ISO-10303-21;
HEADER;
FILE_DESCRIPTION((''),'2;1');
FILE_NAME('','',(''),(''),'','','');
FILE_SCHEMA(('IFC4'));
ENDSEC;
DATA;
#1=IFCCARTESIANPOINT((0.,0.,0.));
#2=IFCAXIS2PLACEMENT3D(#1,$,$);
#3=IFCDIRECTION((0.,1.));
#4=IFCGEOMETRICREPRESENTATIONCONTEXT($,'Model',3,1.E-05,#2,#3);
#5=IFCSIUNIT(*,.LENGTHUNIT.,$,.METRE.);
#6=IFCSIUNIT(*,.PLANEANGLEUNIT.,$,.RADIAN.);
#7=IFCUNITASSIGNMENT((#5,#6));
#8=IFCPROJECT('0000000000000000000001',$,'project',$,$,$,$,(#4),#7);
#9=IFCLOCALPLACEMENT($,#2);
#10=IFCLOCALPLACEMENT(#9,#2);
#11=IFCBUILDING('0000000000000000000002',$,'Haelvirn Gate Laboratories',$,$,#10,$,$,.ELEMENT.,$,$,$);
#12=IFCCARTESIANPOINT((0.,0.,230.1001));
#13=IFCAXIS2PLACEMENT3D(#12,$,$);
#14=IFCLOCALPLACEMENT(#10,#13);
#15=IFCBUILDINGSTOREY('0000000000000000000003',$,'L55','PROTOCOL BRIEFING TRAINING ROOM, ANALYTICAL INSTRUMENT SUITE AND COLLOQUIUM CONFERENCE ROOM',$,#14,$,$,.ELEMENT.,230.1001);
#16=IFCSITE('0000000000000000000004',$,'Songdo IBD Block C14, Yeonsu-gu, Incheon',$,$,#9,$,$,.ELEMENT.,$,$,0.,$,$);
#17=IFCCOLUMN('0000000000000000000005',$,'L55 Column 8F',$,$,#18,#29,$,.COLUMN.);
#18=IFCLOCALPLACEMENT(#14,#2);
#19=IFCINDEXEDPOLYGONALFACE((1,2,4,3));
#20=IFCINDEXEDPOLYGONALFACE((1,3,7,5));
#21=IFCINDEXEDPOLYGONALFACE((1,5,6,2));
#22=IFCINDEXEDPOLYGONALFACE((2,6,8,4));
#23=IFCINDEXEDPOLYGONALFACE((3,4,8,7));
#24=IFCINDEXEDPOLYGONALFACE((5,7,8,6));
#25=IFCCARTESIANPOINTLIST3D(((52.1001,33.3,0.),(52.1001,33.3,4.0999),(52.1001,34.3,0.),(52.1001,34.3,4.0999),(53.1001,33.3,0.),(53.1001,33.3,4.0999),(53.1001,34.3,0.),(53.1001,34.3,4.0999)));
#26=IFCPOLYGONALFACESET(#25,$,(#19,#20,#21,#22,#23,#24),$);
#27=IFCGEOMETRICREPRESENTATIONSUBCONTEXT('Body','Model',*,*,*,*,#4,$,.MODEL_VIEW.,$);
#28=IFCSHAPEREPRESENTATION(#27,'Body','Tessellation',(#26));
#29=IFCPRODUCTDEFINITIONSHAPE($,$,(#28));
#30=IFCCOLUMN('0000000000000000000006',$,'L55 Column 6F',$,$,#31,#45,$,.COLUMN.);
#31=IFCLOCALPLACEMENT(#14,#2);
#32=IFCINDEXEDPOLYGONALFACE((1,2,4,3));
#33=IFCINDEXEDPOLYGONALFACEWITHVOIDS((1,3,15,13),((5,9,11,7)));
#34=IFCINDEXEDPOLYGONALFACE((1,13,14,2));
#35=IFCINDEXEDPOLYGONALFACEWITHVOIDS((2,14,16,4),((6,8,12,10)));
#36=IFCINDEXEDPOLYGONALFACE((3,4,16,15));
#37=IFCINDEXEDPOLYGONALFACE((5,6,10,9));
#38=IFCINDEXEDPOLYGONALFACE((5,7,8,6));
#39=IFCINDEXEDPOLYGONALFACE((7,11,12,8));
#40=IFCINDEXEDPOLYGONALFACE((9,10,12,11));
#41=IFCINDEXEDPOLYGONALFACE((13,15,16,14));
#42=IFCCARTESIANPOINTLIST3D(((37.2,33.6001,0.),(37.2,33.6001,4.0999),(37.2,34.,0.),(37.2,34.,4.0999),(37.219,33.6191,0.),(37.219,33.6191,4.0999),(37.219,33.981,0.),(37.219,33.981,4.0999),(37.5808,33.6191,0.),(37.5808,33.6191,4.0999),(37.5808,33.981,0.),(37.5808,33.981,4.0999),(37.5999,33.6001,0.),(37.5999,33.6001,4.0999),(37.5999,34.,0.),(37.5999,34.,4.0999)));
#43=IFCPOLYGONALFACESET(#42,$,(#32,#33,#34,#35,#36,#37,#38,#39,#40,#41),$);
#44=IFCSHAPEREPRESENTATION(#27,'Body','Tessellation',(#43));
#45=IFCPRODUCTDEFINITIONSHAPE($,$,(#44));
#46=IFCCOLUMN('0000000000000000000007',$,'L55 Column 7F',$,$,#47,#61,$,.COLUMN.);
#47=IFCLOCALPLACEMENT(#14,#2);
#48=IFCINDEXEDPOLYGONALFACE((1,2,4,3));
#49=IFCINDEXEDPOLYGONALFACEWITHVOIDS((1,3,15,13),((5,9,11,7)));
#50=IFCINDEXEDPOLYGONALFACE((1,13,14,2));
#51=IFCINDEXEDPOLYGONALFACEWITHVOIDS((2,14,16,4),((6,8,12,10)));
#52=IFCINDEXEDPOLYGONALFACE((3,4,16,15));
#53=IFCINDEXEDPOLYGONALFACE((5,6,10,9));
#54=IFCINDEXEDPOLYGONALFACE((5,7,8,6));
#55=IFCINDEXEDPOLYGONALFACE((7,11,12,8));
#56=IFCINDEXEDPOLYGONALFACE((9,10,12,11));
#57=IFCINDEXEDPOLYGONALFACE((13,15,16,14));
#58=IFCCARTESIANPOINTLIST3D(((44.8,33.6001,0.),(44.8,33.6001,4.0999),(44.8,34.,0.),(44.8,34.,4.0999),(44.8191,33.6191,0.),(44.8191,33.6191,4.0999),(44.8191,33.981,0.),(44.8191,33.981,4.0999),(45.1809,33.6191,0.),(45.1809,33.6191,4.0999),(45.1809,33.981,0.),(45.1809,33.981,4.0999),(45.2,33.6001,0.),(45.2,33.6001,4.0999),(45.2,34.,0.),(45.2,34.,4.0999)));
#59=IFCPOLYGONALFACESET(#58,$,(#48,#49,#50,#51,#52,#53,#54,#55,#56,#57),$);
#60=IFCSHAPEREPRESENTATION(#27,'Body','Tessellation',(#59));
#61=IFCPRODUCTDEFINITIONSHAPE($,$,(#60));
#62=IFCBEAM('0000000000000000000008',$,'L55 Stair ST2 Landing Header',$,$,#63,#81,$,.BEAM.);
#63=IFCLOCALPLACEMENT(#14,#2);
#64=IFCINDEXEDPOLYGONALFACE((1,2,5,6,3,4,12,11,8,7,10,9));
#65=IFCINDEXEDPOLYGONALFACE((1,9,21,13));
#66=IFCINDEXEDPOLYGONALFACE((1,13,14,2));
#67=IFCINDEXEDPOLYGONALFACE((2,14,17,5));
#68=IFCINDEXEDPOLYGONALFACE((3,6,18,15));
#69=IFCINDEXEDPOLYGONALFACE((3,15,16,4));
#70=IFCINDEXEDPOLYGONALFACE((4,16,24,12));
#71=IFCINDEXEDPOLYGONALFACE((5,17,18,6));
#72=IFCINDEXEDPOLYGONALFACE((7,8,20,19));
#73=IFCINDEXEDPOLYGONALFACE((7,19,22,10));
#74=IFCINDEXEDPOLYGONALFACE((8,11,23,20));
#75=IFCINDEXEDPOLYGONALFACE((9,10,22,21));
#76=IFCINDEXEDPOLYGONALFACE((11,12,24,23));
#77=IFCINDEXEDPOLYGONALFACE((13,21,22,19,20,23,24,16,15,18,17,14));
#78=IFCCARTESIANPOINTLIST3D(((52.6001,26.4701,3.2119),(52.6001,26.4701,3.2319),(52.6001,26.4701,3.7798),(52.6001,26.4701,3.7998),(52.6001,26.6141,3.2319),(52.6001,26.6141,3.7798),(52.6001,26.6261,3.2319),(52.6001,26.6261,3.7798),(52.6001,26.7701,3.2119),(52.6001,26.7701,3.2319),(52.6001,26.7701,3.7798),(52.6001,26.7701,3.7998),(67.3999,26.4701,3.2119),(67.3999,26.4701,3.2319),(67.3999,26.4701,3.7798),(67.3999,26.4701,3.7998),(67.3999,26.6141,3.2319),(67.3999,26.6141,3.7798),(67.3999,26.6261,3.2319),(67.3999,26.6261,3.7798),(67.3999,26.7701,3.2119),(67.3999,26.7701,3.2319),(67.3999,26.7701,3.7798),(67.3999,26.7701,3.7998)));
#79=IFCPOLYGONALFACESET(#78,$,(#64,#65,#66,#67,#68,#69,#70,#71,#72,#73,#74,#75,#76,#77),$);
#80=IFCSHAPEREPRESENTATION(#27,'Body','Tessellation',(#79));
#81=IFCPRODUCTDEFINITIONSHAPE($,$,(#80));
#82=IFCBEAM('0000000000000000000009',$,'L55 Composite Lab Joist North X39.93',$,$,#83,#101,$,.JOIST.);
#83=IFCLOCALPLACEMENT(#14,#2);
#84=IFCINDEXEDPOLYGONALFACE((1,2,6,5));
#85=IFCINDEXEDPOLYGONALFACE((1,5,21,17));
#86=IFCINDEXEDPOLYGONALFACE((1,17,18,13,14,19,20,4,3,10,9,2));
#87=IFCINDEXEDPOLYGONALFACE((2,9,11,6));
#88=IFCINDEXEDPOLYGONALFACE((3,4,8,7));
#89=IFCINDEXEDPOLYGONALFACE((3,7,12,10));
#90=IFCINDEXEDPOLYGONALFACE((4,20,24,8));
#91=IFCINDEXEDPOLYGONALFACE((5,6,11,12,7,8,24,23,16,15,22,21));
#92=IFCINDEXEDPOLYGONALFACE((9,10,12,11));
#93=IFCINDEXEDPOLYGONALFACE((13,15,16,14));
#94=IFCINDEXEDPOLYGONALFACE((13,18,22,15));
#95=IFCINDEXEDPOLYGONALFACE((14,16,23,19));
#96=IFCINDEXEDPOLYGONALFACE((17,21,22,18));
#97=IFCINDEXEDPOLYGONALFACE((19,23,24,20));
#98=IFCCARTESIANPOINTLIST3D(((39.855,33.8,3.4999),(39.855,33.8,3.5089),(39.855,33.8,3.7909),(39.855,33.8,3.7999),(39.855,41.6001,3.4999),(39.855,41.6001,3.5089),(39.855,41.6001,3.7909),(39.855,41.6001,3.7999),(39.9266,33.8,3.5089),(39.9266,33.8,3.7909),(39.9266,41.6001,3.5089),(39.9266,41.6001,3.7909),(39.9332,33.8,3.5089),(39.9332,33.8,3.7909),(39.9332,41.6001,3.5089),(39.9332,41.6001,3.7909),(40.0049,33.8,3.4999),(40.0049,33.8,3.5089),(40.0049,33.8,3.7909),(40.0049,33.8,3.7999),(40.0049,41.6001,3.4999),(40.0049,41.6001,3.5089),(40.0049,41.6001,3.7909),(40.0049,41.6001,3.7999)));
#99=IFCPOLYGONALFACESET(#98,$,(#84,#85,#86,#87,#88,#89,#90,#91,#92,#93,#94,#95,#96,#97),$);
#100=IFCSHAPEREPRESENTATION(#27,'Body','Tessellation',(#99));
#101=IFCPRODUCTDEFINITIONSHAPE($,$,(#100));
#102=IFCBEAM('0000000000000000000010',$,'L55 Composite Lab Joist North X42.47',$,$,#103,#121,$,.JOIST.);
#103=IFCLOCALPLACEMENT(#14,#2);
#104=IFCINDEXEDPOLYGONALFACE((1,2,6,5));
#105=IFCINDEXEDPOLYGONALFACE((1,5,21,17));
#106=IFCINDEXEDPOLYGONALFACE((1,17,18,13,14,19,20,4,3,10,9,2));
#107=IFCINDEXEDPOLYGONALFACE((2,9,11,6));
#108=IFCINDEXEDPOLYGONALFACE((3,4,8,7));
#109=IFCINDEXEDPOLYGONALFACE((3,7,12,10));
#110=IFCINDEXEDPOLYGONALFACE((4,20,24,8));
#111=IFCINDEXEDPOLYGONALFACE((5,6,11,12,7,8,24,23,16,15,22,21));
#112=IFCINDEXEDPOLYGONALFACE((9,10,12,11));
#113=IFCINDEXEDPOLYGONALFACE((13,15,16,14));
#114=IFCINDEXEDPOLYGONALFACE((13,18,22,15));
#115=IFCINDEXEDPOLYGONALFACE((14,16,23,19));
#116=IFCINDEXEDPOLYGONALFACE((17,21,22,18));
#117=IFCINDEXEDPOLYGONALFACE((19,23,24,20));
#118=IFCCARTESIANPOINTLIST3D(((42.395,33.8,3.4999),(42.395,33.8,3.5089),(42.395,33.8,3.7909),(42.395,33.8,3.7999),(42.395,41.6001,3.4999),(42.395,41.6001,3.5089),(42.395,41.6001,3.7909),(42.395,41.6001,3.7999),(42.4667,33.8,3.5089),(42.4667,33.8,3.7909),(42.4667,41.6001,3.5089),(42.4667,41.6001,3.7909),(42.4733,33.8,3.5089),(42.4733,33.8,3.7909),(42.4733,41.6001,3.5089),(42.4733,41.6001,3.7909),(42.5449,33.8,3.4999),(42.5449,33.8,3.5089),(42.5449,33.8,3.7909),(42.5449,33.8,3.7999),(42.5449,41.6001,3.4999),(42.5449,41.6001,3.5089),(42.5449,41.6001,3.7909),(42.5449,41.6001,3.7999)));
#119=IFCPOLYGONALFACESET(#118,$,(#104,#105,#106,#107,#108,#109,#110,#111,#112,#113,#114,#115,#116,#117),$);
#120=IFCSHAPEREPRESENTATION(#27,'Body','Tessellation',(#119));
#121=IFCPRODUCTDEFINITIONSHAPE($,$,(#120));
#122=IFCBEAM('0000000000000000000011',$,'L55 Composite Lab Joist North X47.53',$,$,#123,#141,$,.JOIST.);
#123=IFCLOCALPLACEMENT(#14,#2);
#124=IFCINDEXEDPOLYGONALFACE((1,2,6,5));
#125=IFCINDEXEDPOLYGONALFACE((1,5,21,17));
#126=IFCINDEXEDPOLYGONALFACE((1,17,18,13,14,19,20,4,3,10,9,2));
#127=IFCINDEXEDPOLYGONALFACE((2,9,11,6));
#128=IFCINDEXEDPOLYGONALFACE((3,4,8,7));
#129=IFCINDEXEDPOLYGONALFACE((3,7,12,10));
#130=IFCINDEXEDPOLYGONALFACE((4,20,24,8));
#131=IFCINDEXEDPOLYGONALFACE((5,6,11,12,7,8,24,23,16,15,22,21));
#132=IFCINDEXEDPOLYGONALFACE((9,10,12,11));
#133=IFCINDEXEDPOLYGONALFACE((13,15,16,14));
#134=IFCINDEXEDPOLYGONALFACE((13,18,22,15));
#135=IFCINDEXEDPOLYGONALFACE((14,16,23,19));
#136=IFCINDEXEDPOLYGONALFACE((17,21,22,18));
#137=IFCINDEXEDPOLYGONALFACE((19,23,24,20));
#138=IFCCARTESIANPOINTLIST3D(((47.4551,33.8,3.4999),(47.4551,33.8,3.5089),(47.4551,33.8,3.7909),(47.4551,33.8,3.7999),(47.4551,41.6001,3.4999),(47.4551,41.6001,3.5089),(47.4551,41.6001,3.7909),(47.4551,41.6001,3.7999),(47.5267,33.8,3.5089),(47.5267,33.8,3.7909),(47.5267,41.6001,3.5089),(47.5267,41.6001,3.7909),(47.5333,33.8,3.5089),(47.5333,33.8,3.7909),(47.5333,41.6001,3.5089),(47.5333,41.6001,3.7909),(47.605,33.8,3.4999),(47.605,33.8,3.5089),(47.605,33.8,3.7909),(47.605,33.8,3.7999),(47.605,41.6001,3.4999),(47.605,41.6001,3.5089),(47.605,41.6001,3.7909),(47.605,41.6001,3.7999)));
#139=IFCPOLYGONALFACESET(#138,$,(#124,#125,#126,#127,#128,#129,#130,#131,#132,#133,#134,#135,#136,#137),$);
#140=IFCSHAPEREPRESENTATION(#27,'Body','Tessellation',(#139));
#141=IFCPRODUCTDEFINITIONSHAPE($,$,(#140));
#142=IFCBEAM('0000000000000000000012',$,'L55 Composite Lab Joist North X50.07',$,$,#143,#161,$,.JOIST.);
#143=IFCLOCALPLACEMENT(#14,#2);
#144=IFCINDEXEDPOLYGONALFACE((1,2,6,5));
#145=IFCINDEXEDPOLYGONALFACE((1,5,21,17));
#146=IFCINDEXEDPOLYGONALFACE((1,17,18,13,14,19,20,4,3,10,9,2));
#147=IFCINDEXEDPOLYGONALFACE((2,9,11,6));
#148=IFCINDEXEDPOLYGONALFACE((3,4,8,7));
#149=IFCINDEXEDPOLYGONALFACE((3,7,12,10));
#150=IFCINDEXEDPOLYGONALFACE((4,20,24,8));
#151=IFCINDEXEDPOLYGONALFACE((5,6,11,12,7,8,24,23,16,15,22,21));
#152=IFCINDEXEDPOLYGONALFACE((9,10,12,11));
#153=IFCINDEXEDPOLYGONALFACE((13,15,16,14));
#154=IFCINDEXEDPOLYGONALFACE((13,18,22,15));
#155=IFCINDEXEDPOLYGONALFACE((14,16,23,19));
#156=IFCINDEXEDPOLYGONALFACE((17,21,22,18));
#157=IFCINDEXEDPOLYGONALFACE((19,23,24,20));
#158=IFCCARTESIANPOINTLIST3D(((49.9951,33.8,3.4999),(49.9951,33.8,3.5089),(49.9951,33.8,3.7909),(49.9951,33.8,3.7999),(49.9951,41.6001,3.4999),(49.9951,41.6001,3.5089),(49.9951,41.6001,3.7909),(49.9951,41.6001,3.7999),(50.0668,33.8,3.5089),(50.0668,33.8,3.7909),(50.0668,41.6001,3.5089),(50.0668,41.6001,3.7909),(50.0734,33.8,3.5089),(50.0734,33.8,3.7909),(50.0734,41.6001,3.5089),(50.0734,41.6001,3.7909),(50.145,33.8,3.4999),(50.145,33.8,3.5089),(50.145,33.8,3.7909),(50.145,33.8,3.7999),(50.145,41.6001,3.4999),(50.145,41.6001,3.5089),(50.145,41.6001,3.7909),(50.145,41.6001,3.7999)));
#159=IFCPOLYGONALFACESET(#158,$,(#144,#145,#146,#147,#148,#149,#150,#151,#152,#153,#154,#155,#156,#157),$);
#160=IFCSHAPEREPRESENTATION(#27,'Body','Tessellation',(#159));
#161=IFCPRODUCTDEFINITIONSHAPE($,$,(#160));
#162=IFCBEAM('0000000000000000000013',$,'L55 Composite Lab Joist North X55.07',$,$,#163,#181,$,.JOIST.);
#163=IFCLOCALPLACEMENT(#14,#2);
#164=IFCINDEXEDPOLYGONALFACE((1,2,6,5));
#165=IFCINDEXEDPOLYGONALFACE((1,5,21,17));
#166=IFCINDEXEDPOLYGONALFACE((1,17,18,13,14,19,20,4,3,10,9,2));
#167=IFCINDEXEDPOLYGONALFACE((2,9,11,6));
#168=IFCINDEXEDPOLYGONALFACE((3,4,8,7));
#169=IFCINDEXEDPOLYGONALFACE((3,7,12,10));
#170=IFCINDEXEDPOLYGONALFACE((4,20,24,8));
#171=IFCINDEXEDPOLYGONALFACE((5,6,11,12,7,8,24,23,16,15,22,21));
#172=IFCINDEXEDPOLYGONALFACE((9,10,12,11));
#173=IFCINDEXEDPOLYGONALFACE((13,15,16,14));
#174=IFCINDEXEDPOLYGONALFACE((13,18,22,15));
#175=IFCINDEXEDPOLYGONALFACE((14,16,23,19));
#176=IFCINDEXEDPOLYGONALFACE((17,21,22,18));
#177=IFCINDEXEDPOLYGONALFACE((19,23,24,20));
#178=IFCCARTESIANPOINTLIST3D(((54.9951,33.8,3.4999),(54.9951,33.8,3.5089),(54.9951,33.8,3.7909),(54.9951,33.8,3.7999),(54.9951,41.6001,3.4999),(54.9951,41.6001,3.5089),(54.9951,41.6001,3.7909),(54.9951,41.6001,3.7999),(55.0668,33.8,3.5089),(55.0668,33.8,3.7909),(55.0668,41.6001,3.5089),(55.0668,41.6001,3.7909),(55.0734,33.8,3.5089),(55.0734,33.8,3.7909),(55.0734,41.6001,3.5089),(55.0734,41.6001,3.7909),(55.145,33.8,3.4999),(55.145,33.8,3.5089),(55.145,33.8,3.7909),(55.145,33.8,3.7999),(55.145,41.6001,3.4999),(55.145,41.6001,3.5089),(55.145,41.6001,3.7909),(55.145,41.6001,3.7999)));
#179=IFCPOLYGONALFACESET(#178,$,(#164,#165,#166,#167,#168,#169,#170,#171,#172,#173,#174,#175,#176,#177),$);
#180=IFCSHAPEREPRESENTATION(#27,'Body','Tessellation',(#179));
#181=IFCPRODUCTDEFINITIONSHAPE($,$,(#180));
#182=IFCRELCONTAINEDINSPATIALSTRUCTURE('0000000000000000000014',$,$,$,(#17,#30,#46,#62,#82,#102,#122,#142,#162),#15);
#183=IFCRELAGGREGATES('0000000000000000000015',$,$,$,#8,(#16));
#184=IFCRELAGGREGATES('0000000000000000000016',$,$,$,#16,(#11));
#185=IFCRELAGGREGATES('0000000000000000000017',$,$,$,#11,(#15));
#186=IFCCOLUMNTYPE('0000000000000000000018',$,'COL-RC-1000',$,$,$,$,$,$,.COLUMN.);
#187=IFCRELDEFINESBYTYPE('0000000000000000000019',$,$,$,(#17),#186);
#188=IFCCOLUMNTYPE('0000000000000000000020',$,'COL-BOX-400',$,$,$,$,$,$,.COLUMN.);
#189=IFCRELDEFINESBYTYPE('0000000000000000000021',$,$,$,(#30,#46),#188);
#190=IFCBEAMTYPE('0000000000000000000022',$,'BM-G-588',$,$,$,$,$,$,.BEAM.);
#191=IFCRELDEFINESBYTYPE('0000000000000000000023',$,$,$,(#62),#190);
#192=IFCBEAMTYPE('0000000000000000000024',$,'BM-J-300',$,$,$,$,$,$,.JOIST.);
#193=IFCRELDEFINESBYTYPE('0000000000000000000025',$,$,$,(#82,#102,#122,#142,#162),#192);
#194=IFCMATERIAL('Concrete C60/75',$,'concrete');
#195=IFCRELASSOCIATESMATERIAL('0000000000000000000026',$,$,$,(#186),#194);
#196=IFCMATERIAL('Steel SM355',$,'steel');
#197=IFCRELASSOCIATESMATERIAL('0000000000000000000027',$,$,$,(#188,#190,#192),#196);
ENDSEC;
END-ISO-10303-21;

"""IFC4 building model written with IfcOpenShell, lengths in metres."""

from ifc_helpers import new_model, si_unit, direction, frame, origin, origin_2d, place, context, subcontext, project, spatial, rectangle, hollow_rectangle, i_section, extrude, source, transform, mapped, material, material_profile, profile_set, type_object, type_shapes, element, save


model = new_model("IFC4")

# Units and contexts
model_context = context("Model", 3, precision=1e-05, world=origin(), true_north=direction((0.0, 1.0)))
body_context = subcontext(model_context, "Body", "Model", "MODEL_VIEW")
ifc_project = project(units=[si_unit("LENGTHUNIT", "METRE"), si_unit("PLANEANGLEUNIT", "RADIAN")], contexts=[model_context])

# Site, building, storey
site_placement = place(None, origin())
site = spatial("IfcSite", under=ifc_project, at=site_placement, Name="Songdo IBD Block C14, Yeonsu-gu, Incheon", CompositionType="ELEMENT", RefElevation=0.0)
building_placement = place(site_placement, origin())
building = spatial("IfcBuilding", under=site, at=building_placement, Name="Haelvirn Gate Laboratories", CompositionType="ELEMENT")
storey_placement = place(building_placement, frame((0.0, 0.0, 230.1001)))
storey = spatial("IfcBuildingStorey", under=building, at=storey_placement, Name="L55", Description="PROTOCOL BRIEFING TRAINING ROOM, ANALYTICAL INSTRUMENT SUITE AND COLLOQUIUM CONFERENCE ROOM", CompositionType="ELEMENT", Elevation=230.1001)

# Columns
ifc_material_1 = material(Name="Concrete C60/75", Category="concrete")
ifc_material_profile_1 = material_profile(ifc_material_1, rectangle(XDim=1.0, YDim=1.0, at=origin_2d()), Name="RC-1000x1000")
ifc_profile_set_1 = profile_set([ifc_material_profile_1], Name="Concrete C60/75")
column_type_1 = type_object("IfcColumnType", Name="COL-RC-1000", PredefinedType="COLUMN", material=ifc_profile_set_1)
shared_shape_1 = source(origin(), body_context, "Body", "SweptSolid", [
    extrude(rectangle(XDim=1.0, YDim=1.0, at=origin_2d()), origin(), (0.0, 0.0, 1.0), 4.0999),
])
type_shapes(column_type_1, [shared_shape_1])
column_placement = place(storey_placement, frame((52.6001, 33.8, 0.0), z_axis=(0.0, 0.0, 1.0), x_axis=(1.0, 0.0, 0.0)))
element("IfcColumn", 1, at=column_placement, inside=storey, type_object=column_type_1, Name="L55 Column 8F", PredefinedType="COLUMN", context=body_context, shape_type="MappedRepresentation", body=[
    mapped(shared_shape_1, transform((0.0, 0.0, 0.0), scale=1.0)),
])
ifc_material_2 = material(Name="Steel SM355", Category="steel")
ifc_material_profile_2 = material_profile(ifc_material_2, hollow_rectangle(XDim=0.3999, YDim=0.3999, WallThickness=0.019, at=origin_2d()), Name="BOX-400x400x19")
ifc_profile_set_2 = profile_set([ifc_material_profile_2], Name="Steel SM355")
column_type_2 = type_object("IfcColumnType", Name="COL-BOX-400", PredefinedType="COLUMN", material=ifc_profile_set_2)
shared_shape_2 = source(origin(), body_context, "Body", "SweptSolid", [
    extrude(hollow_rectangle(XDim=0.3999, YDim=0.3999, WallThickness=0.019, at=origin_2d()), origin(), (0.0, 0.0, 1.0), 4.0999),
])
type_shapes(column_type_2, [shared_shape_2])
for number, where, z_axis, x_axis, name in (
    (2, (37.3999, 33.8, 0.0), (0.0, 0.0, 1.0), (1.0, 0.0, 0.0), "L55 Column 6F"),
    (3, (45.0, 33.8, 0.0), (0.0, 0.0, 1.0), (1.0, 0.0, 0.0), "L55 Column 7F"),
):
    element("IfcColumn", number, at=place(storey_placement, frame(where, z_axis=z_axis, x_axis=x_axis)), inside=storey, type_object=column_type_2, Name=name, PredefinedType="COLUMN", context=body_context, shape_type="MappedRepresentation", body=[
        mapped(shared_shape_2, transform((0.0, 0.0, 0.0), scale=1.0)),
    ])

# Beams
ifc_material_profile_3 = material_profile(ifc_material_2, i_section(OverallWidth=0.3, OverallDepth=0.5879, WebThickness=0.012, FlangeThickness=0.02, at=origin_2d()), Name="H-588x300x12x20")
ifc_profile_set_3 = profile_set([ifc_material_profile_3], Name="Steel SM355")
beam_type_1 = type_object("IfcBeamType", Name="BM-G-588", PredefinedType="BEAM", material=ifc_profile_set_3)
shared_shape_3 = source(origin(), body_context, "Body", "SweptSolid", [
    extrude(i_section(OverallWidth=0.3, OverallDepth=0.5879, WebThickness=0.012, FlangeThickness=0.02, at=origin_2d()), origin(), (0.0, 0.0, 1.0), 14.7998),
])
beam_placement = place(storey_placement, frame((52.6001, 26.6201, 3.5059), z_axis=(1.0, 0.0, 0.0), x_axis=(0.0, 1.0, 0.0)))
element("IfcBeam", 4, at=beam_placement, inside=storey, type_object=beam_type_1, Name="L55 Stair ST2 Landing Header", PredefinedType="BEAM", context=body_context, shape_type="MappedRepresentation", body=[
    mapped(shared_shape_3, transform((0.0, 0.0, 0.0), scale=1.0)),
])
ifc_material_profile_4 = material_profile(ifc_material_2, i_section(OverallWidth=0.1499, OverallDepth=0.3, WebThickness=0.0066, FlangeThickness=0.009, at=origin_2d()), Name="H-300x150x6.5x9")
ifc_profile_set_4 = profile_set([ifc_material_profile_4], Name="Steel SM355")
beam_type_2 = type_object("IfcBeamType", Name="BM-J-300", PredefinedType="JOIST", material=ifc_profile_set_4)
shared_shape_4 = source(origin(), body_context, "Body", "SweptSolid", [
    extrude(i_section(OverallWidth=0.1499, OverallDepth=0.3, WebThickness=0.0066, FlangeThickness=0.009, at=origin_2d()), origin(), (0.0, 0.0, 1.0), 7.8),
])
type_shapes(beam_type_2, [shared_shape_4])
for number, where, z_axis, x_axis, name in (
    (5, (39.9299, 33.8, 3.6499), (0.0, 1.0, 0.0), (-1.0, 0.0, 0.0), "L55 Composite Lab Joist North X39.93"),
    (6, (42.47, 33.8, 3.6499), (0.0, 1.0, 0.0), (-1.0, 0.0, 0.0), "L55 Composite Lab Joist North X42.47"),
    (7, (47.53, 33.8, 3.6499), (0.0, 1.0, 0.0), (-1.0, 0.0, 0.0), "L55 Composite Lab Joist North X47.53"),
    (8, (50.0701, 33.8, 3.6499), (0.0, 1.0, 0.0), (-1.0, 0.0, 0.0), "L55 Composite Lab Joist North X50.07"),
    (9, (55.0701, 33.8, 3.6499), (0.0, 1.0, 0.0), (-1.0, 0.0, 0.0), "L55 Composite Lab Joist North X55.07"),
):
    element("IfcBeam", number, at=place(storey_placement, frame(where, z_axis=z_axis, x_axis=x_axis)), inside=storey, type_object=beam_type_2, Name=name, PredefinedType="JOIST", context=body_context, shape_type="MappedRepresentation", body=[
        mapped(shared_shape_4, transform((0.0, 0.0, 0.0), scale=1.0)),
    ])

save(model, "model.ifc")
